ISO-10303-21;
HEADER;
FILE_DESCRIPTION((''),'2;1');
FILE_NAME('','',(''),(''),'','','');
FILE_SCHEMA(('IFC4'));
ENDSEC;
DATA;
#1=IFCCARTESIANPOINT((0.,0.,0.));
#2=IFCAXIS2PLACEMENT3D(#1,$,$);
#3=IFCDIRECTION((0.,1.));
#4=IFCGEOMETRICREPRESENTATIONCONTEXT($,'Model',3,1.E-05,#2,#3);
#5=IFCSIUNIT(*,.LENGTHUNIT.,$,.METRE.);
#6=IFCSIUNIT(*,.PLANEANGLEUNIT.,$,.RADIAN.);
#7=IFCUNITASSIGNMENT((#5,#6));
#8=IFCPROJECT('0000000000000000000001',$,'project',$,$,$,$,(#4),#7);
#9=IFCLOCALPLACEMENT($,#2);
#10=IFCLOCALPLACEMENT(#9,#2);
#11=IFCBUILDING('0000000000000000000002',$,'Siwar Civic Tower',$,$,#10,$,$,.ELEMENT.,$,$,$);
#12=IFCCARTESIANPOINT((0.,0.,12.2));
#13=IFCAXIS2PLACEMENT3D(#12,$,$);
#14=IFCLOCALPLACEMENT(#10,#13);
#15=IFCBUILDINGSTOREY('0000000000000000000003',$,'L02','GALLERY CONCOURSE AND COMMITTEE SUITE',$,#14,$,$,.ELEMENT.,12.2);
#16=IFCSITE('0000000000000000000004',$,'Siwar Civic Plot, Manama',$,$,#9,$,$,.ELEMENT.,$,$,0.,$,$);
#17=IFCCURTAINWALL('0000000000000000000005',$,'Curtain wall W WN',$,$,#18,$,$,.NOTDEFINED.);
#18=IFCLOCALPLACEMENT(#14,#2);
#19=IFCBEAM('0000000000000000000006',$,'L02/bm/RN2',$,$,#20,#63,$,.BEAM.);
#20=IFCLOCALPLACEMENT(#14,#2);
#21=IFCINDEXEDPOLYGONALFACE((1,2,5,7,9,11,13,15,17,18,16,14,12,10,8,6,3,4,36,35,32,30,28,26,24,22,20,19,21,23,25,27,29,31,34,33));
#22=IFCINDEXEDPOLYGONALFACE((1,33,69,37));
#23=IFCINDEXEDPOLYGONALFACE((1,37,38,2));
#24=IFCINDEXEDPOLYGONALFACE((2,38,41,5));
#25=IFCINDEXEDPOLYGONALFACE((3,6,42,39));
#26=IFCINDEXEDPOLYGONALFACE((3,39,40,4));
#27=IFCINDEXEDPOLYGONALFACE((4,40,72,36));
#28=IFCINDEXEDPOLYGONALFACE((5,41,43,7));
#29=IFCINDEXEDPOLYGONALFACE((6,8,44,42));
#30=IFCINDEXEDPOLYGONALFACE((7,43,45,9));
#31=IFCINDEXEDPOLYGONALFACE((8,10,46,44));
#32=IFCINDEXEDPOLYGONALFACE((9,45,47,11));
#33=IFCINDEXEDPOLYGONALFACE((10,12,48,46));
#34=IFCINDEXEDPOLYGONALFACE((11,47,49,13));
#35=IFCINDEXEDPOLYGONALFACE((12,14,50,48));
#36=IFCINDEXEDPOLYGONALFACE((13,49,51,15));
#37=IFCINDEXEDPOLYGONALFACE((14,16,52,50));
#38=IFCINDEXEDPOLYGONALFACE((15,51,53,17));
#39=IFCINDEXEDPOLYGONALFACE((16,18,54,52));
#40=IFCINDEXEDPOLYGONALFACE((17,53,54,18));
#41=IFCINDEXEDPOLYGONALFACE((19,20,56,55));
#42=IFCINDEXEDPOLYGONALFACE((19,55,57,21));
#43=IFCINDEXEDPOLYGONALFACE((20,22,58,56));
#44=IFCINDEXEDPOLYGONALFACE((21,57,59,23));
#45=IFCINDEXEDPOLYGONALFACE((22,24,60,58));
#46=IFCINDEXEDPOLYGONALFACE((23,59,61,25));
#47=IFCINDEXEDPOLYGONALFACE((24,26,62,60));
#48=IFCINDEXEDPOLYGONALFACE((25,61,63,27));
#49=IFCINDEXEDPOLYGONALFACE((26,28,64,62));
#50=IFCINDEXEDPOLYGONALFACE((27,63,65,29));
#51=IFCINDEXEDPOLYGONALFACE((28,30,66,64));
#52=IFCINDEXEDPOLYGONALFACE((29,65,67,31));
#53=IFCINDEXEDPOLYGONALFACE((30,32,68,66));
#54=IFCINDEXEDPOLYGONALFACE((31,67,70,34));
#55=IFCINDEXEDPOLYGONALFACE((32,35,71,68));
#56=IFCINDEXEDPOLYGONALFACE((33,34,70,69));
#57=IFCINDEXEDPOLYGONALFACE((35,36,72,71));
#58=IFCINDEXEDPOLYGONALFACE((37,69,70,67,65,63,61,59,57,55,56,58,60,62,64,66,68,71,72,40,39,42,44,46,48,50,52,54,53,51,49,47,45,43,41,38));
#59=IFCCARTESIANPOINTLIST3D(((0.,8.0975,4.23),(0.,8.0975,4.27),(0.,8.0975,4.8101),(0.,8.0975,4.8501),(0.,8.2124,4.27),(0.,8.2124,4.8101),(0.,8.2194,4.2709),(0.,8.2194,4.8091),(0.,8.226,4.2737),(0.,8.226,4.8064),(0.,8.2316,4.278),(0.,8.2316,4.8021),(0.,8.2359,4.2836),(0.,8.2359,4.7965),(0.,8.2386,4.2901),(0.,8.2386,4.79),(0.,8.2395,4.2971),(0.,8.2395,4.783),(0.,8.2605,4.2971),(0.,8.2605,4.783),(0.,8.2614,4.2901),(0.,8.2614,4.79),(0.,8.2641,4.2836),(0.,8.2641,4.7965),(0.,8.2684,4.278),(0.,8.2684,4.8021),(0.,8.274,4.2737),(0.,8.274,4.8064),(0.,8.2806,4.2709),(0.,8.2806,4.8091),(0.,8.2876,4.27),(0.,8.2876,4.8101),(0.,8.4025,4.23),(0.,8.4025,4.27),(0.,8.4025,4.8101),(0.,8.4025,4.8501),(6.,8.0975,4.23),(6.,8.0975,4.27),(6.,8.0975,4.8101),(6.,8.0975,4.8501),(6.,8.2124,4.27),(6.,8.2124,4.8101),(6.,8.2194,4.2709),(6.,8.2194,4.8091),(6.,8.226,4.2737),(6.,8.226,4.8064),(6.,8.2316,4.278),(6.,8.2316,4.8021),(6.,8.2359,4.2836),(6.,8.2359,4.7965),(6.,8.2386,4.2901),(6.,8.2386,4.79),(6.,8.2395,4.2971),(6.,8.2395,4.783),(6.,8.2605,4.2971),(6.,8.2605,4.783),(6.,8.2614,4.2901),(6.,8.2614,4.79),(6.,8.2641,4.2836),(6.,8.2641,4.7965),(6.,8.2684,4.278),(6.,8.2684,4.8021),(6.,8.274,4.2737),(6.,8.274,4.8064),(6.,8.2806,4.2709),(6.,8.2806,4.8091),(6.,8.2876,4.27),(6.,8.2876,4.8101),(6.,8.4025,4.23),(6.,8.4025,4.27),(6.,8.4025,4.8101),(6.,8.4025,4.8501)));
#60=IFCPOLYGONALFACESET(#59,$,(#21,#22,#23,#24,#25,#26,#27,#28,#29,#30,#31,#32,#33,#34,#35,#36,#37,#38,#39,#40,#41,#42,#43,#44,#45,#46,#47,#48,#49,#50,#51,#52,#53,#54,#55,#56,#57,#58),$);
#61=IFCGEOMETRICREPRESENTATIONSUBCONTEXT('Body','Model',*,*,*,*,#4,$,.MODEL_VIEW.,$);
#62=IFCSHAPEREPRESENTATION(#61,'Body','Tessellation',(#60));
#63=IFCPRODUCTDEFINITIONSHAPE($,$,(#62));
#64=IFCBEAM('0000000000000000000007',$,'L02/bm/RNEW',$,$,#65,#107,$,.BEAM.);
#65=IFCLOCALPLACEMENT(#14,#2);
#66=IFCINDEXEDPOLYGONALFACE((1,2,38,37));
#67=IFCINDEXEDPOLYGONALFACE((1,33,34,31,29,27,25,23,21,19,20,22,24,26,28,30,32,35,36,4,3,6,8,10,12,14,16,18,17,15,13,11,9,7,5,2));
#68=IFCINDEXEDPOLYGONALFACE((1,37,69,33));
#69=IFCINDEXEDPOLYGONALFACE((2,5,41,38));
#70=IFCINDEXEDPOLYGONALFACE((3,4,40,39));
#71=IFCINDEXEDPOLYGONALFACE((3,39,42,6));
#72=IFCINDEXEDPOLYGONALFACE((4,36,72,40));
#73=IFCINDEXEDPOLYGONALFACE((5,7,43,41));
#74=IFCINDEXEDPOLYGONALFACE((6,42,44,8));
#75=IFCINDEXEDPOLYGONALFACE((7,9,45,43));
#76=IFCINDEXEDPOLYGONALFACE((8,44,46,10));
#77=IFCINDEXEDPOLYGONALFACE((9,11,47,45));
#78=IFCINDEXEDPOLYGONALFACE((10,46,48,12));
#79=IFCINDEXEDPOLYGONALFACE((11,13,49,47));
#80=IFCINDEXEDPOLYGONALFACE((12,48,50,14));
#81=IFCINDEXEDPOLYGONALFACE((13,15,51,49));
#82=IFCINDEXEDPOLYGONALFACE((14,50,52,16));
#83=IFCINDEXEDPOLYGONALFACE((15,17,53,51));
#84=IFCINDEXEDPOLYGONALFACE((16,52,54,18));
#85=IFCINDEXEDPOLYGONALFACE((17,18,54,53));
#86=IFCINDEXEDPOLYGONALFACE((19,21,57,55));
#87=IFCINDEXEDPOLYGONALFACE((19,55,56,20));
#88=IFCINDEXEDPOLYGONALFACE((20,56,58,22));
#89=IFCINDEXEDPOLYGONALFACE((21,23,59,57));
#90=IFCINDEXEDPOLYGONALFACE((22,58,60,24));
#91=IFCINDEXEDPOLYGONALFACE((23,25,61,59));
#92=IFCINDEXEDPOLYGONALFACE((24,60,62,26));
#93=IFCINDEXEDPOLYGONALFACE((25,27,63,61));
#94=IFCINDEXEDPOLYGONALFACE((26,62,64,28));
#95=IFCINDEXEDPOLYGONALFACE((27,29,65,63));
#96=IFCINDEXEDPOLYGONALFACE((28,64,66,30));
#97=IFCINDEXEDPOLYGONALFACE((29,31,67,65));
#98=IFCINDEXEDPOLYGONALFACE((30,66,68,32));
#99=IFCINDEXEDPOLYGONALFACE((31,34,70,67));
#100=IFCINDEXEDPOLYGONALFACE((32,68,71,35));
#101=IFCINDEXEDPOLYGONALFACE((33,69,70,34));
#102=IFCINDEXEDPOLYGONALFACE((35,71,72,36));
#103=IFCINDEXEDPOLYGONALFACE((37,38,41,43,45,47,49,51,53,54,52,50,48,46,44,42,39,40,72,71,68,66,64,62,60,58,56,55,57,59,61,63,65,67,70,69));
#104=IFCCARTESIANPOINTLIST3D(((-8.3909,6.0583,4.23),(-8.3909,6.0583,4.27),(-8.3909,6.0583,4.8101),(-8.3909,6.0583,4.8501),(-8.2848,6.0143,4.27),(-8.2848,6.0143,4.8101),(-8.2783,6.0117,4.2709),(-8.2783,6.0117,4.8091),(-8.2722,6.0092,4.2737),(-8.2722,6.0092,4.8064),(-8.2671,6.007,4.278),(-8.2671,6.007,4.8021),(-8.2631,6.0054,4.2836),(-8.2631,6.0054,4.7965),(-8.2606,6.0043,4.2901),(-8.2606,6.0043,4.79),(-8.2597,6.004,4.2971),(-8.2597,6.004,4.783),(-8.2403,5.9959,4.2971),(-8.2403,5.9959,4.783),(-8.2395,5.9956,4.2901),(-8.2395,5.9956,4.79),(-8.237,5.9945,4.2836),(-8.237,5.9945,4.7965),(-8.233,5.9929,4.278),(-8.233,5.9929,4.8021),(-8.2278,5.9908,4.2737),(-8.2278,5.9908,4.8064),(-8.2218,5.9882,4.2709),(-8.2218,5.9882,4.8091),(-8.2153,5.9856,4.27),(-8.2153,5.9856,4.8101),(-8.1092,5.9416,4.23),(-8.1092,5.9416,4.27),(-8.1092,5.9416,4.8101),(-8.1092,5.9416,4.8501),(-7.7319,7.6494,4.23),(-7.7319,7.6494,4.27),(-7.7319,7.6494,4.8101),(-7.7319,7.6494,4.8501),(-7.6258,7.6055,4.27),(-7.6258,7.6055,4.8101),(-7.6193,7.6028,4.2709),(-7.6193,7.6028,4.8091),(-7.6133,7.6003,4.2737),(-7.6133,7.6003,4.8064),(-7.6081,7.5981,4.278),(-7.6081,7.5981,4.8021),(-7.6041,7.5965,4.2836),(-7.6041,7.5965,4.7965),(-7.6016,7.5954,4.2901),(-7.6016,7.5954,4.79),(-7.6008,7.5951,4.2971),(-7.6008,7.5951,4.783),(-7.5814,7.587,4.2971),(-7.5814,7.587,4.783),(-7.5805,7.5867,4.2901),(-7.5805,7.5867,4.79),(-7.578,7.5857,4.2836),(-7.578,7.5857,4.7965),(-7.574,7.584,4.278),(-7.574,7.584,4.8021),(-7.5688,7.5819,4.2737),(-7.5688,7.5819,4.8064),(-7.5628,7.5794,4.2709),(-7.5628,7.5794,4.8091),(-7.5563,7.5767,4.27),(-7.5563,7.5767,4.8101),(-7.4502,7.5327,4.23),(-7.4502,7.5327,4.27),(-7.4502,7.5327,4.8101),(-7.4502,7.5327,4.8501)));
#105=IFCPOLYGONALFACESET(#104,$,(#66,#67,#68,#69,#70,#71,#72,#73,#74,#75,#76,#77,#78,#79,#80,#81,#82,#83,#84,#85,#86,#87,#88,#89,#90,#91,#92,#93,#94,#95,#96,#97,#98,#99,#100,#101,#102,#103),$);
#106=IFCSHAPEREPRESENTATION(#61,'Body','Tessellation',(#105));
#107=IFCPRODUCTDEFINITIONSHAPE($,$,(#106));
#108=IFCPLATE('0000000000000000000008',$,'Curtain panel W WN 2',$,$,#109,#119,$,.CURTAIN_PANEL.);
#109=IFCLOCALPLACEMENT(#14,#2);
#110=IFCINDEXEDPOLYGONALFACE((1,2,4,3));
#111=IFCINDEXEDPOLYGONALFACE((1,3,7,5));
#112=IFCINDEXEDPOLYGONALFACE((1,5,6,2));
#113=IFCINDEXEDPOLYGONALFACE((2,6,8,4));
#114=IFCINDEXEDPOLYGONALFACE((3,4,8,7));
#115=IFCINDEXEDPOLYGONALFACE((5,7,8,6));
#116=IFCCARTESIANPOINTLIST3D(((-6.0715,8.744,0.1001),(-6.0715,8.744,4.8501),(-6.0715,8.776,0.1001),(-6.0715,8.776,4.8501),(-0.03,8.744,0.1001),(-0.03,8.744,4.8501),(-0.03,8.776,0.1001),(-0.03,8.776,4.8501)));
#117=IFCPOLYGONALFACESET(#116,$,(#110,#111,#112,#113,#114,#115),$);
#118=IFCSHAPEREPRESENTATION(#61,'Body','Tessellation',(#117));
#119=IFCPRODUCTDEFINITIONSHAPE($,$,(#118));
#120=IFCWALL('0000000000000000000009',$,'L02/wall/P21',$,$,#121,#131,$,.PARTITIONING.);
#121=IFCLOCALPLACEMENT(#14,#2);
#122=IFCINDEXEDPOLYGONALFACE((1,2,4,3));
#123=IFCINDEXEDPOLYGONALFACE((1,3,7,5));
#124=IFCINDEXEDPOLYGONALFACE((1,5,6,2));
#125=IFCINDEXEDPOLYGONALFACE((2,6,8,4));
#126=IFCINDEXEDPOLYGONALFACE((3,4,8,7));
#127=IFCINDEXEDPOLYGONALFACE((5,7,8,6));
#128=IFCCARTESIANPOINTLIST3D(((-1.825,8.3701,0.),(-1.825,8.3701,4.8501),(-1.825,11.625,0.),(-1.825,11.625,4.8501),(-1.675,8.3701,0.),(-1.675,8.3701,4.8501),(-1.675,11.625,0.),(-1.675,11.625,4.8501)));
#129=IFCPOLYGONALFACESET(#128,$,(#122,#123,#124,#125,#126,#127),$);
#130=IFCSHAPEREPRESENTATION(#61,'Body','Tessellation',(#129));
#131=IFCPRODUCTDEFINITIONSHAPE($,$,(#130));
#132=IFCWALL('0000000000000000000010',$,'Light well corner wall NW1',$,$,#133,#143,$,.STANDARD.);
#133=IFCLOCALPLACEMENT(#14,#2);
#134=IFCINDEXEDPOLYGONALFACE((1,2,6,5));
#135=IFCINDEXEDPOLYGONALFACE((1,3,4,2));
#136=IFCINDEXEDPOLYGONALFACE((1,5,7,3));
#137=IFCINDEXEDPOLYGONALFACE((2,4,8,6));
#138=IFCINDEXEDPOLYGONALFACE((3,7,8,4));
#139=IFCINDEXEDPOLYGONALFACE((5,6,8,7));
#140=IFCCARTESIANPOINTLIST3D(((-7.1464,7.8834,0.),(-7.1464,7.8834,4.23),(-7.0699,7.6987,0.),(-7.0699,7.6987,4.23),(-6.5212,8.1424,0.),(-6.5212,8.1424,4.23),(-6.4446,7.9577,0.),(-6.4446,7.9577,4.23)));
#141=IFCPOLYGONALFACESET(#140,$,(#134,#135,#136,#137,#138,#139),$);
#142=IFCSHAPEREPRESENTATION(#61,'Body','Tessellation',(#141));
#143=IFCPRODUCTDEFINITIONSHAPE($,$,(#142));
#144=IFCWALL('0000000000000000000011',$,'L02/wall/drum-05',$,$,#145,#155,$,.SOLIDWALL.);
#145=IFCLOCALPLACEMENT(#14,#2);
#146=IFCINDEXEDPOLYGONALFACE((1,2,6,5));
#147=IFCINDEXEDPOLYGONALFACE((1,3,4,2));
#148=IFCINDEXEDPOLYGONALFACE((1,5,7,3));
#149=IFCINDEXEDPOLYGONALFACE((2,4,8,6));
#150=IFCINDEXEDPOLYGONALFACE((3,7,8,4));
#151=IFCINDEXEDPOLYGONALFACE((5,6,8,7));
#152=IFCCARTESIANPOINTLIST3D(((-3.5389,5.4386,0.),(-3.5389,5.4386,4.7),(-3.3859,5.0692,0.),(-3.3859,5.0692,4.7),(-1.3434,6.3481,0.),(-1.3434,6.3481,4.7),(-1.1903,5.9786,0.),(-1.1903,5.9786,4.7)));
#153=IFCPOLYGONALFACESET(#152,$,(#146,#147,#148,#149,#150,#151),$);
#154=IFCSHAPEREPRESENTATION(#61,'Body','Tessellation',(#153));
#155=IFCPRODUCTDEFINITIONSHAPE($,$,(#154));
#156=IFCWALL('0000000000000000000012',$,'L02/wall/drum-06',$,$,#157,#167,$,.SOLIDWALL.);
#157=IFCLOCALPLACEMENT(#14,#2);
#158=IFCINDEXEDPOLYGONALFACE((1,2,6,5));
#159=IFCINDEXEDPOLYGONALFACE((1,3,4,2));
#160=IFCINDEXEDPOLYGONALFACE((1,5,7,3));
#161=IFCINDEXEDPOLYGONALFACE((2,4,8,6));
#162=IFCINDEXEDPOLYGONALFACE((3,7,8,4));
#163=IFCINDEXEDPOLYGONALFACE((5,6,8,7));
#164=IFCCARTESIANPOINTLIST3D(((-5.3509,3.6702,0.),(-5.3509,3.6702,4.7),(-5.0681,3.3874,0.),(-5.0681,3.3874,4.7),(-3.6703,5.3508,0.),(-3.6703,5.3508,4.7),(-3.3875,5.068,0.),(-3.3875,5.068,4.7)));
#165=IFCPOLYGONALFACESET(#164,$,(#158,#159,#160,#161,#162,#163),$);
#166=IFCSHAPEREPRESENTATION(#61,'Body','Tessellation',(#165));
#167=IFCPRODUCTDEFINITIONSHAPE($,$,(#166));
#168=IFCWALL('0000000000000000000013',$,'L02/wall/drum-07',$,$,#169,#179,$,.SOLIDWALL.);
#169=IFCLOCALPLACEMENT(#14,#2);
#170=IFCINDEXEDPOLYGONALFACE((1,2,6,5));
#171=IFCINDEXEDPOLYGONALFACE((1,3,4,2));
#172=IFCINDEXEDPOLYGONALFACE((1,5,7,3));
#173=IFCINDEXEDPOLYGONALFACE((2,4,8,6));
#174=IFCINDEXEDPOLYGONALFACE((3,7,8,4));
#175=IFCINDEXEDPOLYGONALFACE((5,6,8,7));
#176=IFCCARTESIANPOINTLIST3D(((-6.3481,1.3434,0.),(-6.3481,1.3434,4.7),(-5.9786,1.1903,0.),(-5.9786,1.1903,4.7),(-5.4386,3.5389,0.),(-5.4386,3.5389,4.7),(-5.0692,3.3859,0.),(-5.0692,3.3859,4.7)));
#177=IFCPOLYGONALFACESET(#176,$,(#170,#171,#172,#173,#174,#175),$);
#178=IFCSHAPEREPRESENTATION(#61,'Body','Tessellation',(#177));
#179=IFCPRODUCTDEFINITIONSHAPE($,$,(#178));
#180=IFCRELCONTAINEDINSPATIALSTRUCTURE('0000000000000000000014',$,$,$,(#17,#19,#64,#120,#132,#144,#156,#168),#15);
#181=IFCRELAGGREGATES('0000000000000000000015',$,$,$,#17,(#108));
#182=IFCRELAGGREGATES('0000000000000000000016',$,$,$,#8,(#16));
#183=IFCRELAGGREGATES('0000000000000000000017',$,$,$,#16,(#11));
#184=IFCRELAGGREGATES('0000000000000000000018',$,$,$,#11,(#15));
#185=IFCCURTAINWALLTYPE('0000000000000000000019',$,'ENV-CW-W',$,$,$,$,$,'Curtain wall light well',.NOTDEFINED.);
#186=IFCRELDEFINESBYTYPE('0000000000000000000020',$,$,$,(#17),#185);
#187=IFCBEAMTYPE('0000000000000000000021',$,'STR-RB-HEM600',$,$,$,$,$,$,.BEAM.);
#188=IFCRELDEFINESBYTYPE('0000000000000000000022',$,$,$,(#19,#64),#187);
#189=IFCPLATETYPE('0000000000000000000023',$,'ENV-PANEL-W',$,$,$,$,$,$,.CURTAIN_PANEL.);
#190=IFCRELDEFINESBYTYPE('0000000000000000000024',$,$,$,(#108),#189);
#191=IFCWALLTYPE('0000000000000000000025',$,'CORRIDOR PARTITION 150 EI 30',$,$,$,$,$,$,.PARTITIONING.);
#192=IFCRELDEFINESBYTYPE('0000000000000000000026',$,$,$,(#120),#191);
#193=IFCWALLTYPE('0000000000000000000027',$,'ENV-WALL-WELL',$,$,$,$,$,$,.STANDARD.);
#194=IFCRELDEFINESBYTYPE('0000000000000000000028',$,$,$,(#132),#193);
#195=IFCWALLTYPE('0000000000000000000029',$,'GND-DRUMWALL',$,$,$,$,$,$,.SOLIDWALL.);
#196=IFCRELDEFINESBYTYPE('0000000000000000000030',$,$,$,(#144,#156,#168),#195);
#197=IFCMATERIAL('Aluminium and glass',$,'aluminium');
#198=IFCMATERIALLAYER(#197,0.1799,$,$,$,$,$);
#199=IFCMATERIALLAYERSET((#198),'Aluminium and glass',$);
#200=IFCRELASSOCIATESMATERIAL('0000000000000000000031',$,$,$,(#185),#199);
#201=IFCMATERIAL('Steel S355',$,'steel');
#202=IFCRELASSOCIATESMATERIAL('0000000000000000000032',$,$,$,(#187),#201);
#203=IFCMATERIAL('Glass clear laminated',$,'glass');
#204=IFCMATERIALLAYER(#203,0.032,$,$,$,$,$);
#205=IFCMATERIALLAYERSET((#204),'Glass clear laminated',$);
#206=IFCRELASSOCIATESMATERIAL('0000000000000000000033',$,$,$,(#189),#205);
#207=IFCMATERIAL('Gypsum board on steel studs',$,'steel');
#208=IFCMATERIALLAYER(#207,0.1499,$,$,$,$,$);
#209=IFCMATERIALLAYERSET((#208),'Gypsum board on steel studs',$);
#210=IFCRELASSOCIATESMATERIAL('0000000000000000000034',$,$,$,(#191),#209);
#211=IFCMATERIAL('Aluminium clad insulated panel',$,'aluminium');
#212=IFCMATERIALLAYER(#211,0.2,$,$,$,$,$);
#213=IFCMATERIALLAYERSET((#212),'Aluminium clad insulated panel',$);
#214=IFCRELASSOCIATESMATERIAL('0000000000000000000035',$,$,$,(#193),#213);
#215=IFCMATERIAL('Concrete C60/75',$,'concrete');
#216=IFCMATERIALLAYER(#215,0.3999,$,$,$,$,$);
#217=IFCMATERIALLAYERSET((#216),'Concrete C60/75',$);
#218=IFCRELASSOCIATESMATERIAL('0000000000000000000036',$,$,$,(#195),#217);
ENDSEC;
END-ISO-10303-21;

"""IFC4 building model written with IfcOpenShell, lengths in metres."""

from ifc_helpers import new_model, si_unit, direction, frame, frame_2d, origin, origin_2d, place, context, subcontext, project, spatial, rectangle, i_section, extrude, material, layer, layer_set, material_profile, profile_set, type_object, element, aggregate, save


model = new_model("IFC4")

# Units and contexts
model_context = context("Model", 3, precision=1e-05, world=origin(), true_north=direction((0.0, 1.0)))
body_context = subcontext(model_context, "Body", "Model", "MODEL_VIEW")
ifc_project = project(units=[si_unit("LENGTHUNIT", "METRE"), si_unit("PLANEANGLEUNIT", "RADIAN")], contexts=[model_context])

# Site, building, storey
site_placement = place(None, origin())
site = spatial("IfcSite", under=ifc_project, at=site_placement, Name="Siwar Civic Plot, Manama", CompositionType="ELEMENT", RefElevation=0.0)
building_placement = place(site_placement, origin())
building = spatial("IfcBuilding", under=site, at=building_placement, Name="Siwar Civic Tower", CompositionType="ELEMENT")
storey_placement = place(building_placement, frame((0.0, 0.0, 12.2)))
storey = spatial("IfcBuildingStorey", under=building, at=storey_placement, Name="L02", Description="GALLERY CONCOURSE AND COMMITTEE SUITE", CompositionType="ELEMENT", Elevation=12.2)

# Curtain wall
ifc_material_1 = material(Name="Aluminium and glass", Category="aluminium")
ifc_layer_1 = layer(ifc_material_1, 0.1799)
ifc_layer_set_1 = layer_set([ifc_layer_1], Name="Aluminium and glass")
curtain_wall_type = type_object("IfcCurtainWallType", Name="ENV-CW-W", ElementType="Curtain wall light well", PredefinedType="NOTDEFINED", material=ifc_layer_set_1)
curtain_wall_placement = place(storey_placement, origin())
curtain_wall = element("IfcCurtainWall", 1, at=curtain_wall_placement, inside=storey, type_object=curtain_wall_type, Name="Curtain wall W WN", PredefinedType="NOTDEFINED")

# Beams
ifc_material_2 = material(Name="Steel S355", Category="steel")
ifc_material_profile_1 = material_profile(ifc_material_2, i_section(OverallWidth=0.3049, OverallDepth=0.6201, WebThickness=0.021, FlangeThickness=0.04, FilletRadius=0.0271, at=origin_2d()), Name="HEM600")
ifc_profile_set_1 = profile_set([ifc_material_profile_1], Name="Steel S355")
beam_type_1 = type_object("IfcBeamType", Name="STR-RB-HEM600", PredefinedType="BEAM", material=ifc_profile_set_1)
for number, where, z_axis, x_axis, name in (
    (2, (0.0, 8.25, 4.54), (1.0, 0.0, 0.0), (0.0, 1.0, 0.0), "L02/bm/RN2"),
):
    element("IfcBeam", number, at=place(storey_placement, frame(where, z_axis=z_axis, x_axis=x_axis)), inside=storey, type_object=beam_type_1, Name=name, PredefinedType="BEAM", context=body_context, shape_type="SweptSolid", body=[
        extrude(i_section(OverallWidth=0.3049, OverallDepth=0.6201, WebThickness=0.021, FlangeThickness=0.04, FilletRadius=0.0271, at=origin_2d()), origin(), (0.0, 0.0, 1.0), 6.0),
    ])
beam_1_placement = place(storey_placement, frame((-7.5911, 7.5911, 4.54), z_axis=(-0.382631, -0.923901, 0.0), x_axis=(0.923901, -0.382631, 0.0)))
element("IfcBeam", 3, at=beam_1_placement, inside=storey, type_object=beam_type_1, Name="L02/bm/RNEW", PredefinedType="BEAM", context=body_context, shape_type="SweptSolid", body=[
    extrude(i_section(OverallWidth=0.3049, OverallDepth=0.6201, WebThickness=0.021, FlangeThickness=0.04, FilletRadius=0.0271, at=origin_2d()), origin(), (0.0, 0.0, 1.0), 1.7222),
])

# Plate
ifc_material_3 = material(Name="Glass clear laminated", Category="glass")
ifc_layer_2 = layer(ifc_material_3, 0.032)
ifc_layer_set_2 = layer_set([ifc_layer_2], Name="Glass clear laminated")
plate_type = type_object("IfcPlateType", Name="ENV-PANEL-W", PredefinedType="CURTAIN_PANEL", material=ifc_layer_set_2)
plate_placement = place(storey_placement, frame((-3.0508, 8.76, 0.1001), z_axis=(0.0, 0.0, 1.0), x_axis=(-1.0, 0.0, 0.0)))
plate = element("IfcPlate", 4, at=plate_placement, type_object=plate_type, Name="Curtain panel W WN 2", PredefinedType="CURTAIN_PANEL", context=body_context, shape_type="SweptSolid", body=[
    extrude(rectangle(XDim=6.0415, YDim=0.032, at=origin_2d()), origin(), (0.0, 0.0, 1.0), 4.75),
])
aggregate(curtain_wall, [plate])

# Walls
ifc_material_4 = material(Name="Gypsum board on steel studs", Category="steel")
ifc_layer_3 = layer(ifc_material_4, 0.1499)
ifc_layer_set_3 = layer_set([ifc_layer_3], Name="Gypsum board on steel studs")
wall_type_1 = type_object("IfcWallType", Name="CORRIDOR PARTITION 150 EI 30", PredefinedType="PARTITIONING", material=ifc_layer_set_3)
wall_1_placement = place(storey_placement, frame((-1.75, 8.3701, 0.0), z_axis=(0.0, 0.0, 1.0), x_axis=(0.0, 1.0, 0.0)))
element("IfcWall", 5, at=wall_1_placement, inside=storey, type_object=wall_type_1, Name="L02/wall/P21", PredefinedType="PARTITIONING", context=body_context, shape_type="SweptSolid", body=[
    extrude(rectangle(XDim=3.2549, YDim=0.1499, at=frame_2d((1.6274, 0.0))), origin(), (0.0, 0.0, 1.0), 4.8501),
])
ifc_material_5 = material(Name="Aluminium clad insulated panel", Category="aluminium")
ifc_layer_4 = layer(ifc_material_5, 0.2)
ifc_layer_set_4 = layer_set([ifc_layer_4], Name="Aluminium clad insulated panel")
wall_type_2 = type_object("IfcWallType", Name="ENV-WALL-WELL", PredefinedType="STANDARD", material=ifc_layer_set_4)
wall_2_placement = place(storey_placement, frame((-6.4829, 8.05, 0.0), z_axis=(0.0, 0.0, 1.0), x_axis=(-0.923854, -0.382745, 0.0)))
element("IfcWall", 6, at=wall_2_placement, inside=storey, type_object=wall_type_2, Name="Light well corner wall NW1", PredefinedType="STANDARD", context=body_context, shape_type="SweptSolid", body=[
    extrude(rectangle(XDim=0.6768, YDim=0.2, at=frame_2d((0.3384, 0.0))), origin(), (0.0, 0.0, 1.0), 4.23),
])
ifc_material_6 = material(Name="Concrete C60/75", Category="concrete")
ifc_layer_5 = layer(ifc_material_6, 0.3999)
ifc_layer_set_5 = layer_set([ifc_layer_5], Name="Concrete C60/75")
wall_type_3 = type_object("IfcWallType", Name="GND-DRUMWALL", PredefinedType="SOLIDWALL", material=ifc_layer_set_5)
wall_3_placement = place(storey_placement, frame((-1.2668, 6.1633, 0.0), z_axis=(0.0, 0.0, 1.0), x_axis=(-0.92388, -0.382681, 0.0)))
element("IfcWall", 7, at=wall_3_placement, inside=storey, type_object=wall_type_3, Name="L02/wall/drum-05", PredefinedType="SOLIDWALL", context=body_context, shape_type="SweptSolid", body=[
    extrude(rectangle(XDim=2.3765, YDim=0.3999, at=frame_2d((1.1882, 0.0))), origin(), (0.0, 0.0, 1.0), 4.7),
])
wall_4_placement = place(storey_placement, frame((-3.5288, 5.2095, 0.0), z_axis=(0.0, 0.0, 1.0), x_axis=(-0.707107, -0.707107, 0.0)))
element("IfcWall", 8, at=wall_4_placement, inside=storey, type_object=wall_type_3, Name="L02/wall/drum-06", PredefinedType="SOLIDWALL", context=body_context, shape_type="SweptSolid", body=[
    extrude(rectangle(XDim=2.3767, YDim=0.3999, at=frame_2d((1.1885, 0.0))), origin(), (0.0, 0.0, 1.0), 4.7),
])
wall_5_placement = place(storey_placement, frame((-5.2539, 3.4624, 0.0), z_axis=(0.0, 0.0, 1.0), x_axis=(-0.382681, -0.92388, 0.0)))
element("IfcWall", 9, at=wall_5_placement, inside=storey, type_object=wall_type_3, Name="L02/wall/drum-07", PredefinedType="SOLIDWALL", context=body_context, shape_type="SweptSolid", body=[
    extrude(rectangle(XDim=2.3765, YDim=0.3999, at=frame_2d((1.1882, 0.0))), origin(), (0.0, 0.0, 1.0), 4.7),
])

save(model, "model.ifc")
